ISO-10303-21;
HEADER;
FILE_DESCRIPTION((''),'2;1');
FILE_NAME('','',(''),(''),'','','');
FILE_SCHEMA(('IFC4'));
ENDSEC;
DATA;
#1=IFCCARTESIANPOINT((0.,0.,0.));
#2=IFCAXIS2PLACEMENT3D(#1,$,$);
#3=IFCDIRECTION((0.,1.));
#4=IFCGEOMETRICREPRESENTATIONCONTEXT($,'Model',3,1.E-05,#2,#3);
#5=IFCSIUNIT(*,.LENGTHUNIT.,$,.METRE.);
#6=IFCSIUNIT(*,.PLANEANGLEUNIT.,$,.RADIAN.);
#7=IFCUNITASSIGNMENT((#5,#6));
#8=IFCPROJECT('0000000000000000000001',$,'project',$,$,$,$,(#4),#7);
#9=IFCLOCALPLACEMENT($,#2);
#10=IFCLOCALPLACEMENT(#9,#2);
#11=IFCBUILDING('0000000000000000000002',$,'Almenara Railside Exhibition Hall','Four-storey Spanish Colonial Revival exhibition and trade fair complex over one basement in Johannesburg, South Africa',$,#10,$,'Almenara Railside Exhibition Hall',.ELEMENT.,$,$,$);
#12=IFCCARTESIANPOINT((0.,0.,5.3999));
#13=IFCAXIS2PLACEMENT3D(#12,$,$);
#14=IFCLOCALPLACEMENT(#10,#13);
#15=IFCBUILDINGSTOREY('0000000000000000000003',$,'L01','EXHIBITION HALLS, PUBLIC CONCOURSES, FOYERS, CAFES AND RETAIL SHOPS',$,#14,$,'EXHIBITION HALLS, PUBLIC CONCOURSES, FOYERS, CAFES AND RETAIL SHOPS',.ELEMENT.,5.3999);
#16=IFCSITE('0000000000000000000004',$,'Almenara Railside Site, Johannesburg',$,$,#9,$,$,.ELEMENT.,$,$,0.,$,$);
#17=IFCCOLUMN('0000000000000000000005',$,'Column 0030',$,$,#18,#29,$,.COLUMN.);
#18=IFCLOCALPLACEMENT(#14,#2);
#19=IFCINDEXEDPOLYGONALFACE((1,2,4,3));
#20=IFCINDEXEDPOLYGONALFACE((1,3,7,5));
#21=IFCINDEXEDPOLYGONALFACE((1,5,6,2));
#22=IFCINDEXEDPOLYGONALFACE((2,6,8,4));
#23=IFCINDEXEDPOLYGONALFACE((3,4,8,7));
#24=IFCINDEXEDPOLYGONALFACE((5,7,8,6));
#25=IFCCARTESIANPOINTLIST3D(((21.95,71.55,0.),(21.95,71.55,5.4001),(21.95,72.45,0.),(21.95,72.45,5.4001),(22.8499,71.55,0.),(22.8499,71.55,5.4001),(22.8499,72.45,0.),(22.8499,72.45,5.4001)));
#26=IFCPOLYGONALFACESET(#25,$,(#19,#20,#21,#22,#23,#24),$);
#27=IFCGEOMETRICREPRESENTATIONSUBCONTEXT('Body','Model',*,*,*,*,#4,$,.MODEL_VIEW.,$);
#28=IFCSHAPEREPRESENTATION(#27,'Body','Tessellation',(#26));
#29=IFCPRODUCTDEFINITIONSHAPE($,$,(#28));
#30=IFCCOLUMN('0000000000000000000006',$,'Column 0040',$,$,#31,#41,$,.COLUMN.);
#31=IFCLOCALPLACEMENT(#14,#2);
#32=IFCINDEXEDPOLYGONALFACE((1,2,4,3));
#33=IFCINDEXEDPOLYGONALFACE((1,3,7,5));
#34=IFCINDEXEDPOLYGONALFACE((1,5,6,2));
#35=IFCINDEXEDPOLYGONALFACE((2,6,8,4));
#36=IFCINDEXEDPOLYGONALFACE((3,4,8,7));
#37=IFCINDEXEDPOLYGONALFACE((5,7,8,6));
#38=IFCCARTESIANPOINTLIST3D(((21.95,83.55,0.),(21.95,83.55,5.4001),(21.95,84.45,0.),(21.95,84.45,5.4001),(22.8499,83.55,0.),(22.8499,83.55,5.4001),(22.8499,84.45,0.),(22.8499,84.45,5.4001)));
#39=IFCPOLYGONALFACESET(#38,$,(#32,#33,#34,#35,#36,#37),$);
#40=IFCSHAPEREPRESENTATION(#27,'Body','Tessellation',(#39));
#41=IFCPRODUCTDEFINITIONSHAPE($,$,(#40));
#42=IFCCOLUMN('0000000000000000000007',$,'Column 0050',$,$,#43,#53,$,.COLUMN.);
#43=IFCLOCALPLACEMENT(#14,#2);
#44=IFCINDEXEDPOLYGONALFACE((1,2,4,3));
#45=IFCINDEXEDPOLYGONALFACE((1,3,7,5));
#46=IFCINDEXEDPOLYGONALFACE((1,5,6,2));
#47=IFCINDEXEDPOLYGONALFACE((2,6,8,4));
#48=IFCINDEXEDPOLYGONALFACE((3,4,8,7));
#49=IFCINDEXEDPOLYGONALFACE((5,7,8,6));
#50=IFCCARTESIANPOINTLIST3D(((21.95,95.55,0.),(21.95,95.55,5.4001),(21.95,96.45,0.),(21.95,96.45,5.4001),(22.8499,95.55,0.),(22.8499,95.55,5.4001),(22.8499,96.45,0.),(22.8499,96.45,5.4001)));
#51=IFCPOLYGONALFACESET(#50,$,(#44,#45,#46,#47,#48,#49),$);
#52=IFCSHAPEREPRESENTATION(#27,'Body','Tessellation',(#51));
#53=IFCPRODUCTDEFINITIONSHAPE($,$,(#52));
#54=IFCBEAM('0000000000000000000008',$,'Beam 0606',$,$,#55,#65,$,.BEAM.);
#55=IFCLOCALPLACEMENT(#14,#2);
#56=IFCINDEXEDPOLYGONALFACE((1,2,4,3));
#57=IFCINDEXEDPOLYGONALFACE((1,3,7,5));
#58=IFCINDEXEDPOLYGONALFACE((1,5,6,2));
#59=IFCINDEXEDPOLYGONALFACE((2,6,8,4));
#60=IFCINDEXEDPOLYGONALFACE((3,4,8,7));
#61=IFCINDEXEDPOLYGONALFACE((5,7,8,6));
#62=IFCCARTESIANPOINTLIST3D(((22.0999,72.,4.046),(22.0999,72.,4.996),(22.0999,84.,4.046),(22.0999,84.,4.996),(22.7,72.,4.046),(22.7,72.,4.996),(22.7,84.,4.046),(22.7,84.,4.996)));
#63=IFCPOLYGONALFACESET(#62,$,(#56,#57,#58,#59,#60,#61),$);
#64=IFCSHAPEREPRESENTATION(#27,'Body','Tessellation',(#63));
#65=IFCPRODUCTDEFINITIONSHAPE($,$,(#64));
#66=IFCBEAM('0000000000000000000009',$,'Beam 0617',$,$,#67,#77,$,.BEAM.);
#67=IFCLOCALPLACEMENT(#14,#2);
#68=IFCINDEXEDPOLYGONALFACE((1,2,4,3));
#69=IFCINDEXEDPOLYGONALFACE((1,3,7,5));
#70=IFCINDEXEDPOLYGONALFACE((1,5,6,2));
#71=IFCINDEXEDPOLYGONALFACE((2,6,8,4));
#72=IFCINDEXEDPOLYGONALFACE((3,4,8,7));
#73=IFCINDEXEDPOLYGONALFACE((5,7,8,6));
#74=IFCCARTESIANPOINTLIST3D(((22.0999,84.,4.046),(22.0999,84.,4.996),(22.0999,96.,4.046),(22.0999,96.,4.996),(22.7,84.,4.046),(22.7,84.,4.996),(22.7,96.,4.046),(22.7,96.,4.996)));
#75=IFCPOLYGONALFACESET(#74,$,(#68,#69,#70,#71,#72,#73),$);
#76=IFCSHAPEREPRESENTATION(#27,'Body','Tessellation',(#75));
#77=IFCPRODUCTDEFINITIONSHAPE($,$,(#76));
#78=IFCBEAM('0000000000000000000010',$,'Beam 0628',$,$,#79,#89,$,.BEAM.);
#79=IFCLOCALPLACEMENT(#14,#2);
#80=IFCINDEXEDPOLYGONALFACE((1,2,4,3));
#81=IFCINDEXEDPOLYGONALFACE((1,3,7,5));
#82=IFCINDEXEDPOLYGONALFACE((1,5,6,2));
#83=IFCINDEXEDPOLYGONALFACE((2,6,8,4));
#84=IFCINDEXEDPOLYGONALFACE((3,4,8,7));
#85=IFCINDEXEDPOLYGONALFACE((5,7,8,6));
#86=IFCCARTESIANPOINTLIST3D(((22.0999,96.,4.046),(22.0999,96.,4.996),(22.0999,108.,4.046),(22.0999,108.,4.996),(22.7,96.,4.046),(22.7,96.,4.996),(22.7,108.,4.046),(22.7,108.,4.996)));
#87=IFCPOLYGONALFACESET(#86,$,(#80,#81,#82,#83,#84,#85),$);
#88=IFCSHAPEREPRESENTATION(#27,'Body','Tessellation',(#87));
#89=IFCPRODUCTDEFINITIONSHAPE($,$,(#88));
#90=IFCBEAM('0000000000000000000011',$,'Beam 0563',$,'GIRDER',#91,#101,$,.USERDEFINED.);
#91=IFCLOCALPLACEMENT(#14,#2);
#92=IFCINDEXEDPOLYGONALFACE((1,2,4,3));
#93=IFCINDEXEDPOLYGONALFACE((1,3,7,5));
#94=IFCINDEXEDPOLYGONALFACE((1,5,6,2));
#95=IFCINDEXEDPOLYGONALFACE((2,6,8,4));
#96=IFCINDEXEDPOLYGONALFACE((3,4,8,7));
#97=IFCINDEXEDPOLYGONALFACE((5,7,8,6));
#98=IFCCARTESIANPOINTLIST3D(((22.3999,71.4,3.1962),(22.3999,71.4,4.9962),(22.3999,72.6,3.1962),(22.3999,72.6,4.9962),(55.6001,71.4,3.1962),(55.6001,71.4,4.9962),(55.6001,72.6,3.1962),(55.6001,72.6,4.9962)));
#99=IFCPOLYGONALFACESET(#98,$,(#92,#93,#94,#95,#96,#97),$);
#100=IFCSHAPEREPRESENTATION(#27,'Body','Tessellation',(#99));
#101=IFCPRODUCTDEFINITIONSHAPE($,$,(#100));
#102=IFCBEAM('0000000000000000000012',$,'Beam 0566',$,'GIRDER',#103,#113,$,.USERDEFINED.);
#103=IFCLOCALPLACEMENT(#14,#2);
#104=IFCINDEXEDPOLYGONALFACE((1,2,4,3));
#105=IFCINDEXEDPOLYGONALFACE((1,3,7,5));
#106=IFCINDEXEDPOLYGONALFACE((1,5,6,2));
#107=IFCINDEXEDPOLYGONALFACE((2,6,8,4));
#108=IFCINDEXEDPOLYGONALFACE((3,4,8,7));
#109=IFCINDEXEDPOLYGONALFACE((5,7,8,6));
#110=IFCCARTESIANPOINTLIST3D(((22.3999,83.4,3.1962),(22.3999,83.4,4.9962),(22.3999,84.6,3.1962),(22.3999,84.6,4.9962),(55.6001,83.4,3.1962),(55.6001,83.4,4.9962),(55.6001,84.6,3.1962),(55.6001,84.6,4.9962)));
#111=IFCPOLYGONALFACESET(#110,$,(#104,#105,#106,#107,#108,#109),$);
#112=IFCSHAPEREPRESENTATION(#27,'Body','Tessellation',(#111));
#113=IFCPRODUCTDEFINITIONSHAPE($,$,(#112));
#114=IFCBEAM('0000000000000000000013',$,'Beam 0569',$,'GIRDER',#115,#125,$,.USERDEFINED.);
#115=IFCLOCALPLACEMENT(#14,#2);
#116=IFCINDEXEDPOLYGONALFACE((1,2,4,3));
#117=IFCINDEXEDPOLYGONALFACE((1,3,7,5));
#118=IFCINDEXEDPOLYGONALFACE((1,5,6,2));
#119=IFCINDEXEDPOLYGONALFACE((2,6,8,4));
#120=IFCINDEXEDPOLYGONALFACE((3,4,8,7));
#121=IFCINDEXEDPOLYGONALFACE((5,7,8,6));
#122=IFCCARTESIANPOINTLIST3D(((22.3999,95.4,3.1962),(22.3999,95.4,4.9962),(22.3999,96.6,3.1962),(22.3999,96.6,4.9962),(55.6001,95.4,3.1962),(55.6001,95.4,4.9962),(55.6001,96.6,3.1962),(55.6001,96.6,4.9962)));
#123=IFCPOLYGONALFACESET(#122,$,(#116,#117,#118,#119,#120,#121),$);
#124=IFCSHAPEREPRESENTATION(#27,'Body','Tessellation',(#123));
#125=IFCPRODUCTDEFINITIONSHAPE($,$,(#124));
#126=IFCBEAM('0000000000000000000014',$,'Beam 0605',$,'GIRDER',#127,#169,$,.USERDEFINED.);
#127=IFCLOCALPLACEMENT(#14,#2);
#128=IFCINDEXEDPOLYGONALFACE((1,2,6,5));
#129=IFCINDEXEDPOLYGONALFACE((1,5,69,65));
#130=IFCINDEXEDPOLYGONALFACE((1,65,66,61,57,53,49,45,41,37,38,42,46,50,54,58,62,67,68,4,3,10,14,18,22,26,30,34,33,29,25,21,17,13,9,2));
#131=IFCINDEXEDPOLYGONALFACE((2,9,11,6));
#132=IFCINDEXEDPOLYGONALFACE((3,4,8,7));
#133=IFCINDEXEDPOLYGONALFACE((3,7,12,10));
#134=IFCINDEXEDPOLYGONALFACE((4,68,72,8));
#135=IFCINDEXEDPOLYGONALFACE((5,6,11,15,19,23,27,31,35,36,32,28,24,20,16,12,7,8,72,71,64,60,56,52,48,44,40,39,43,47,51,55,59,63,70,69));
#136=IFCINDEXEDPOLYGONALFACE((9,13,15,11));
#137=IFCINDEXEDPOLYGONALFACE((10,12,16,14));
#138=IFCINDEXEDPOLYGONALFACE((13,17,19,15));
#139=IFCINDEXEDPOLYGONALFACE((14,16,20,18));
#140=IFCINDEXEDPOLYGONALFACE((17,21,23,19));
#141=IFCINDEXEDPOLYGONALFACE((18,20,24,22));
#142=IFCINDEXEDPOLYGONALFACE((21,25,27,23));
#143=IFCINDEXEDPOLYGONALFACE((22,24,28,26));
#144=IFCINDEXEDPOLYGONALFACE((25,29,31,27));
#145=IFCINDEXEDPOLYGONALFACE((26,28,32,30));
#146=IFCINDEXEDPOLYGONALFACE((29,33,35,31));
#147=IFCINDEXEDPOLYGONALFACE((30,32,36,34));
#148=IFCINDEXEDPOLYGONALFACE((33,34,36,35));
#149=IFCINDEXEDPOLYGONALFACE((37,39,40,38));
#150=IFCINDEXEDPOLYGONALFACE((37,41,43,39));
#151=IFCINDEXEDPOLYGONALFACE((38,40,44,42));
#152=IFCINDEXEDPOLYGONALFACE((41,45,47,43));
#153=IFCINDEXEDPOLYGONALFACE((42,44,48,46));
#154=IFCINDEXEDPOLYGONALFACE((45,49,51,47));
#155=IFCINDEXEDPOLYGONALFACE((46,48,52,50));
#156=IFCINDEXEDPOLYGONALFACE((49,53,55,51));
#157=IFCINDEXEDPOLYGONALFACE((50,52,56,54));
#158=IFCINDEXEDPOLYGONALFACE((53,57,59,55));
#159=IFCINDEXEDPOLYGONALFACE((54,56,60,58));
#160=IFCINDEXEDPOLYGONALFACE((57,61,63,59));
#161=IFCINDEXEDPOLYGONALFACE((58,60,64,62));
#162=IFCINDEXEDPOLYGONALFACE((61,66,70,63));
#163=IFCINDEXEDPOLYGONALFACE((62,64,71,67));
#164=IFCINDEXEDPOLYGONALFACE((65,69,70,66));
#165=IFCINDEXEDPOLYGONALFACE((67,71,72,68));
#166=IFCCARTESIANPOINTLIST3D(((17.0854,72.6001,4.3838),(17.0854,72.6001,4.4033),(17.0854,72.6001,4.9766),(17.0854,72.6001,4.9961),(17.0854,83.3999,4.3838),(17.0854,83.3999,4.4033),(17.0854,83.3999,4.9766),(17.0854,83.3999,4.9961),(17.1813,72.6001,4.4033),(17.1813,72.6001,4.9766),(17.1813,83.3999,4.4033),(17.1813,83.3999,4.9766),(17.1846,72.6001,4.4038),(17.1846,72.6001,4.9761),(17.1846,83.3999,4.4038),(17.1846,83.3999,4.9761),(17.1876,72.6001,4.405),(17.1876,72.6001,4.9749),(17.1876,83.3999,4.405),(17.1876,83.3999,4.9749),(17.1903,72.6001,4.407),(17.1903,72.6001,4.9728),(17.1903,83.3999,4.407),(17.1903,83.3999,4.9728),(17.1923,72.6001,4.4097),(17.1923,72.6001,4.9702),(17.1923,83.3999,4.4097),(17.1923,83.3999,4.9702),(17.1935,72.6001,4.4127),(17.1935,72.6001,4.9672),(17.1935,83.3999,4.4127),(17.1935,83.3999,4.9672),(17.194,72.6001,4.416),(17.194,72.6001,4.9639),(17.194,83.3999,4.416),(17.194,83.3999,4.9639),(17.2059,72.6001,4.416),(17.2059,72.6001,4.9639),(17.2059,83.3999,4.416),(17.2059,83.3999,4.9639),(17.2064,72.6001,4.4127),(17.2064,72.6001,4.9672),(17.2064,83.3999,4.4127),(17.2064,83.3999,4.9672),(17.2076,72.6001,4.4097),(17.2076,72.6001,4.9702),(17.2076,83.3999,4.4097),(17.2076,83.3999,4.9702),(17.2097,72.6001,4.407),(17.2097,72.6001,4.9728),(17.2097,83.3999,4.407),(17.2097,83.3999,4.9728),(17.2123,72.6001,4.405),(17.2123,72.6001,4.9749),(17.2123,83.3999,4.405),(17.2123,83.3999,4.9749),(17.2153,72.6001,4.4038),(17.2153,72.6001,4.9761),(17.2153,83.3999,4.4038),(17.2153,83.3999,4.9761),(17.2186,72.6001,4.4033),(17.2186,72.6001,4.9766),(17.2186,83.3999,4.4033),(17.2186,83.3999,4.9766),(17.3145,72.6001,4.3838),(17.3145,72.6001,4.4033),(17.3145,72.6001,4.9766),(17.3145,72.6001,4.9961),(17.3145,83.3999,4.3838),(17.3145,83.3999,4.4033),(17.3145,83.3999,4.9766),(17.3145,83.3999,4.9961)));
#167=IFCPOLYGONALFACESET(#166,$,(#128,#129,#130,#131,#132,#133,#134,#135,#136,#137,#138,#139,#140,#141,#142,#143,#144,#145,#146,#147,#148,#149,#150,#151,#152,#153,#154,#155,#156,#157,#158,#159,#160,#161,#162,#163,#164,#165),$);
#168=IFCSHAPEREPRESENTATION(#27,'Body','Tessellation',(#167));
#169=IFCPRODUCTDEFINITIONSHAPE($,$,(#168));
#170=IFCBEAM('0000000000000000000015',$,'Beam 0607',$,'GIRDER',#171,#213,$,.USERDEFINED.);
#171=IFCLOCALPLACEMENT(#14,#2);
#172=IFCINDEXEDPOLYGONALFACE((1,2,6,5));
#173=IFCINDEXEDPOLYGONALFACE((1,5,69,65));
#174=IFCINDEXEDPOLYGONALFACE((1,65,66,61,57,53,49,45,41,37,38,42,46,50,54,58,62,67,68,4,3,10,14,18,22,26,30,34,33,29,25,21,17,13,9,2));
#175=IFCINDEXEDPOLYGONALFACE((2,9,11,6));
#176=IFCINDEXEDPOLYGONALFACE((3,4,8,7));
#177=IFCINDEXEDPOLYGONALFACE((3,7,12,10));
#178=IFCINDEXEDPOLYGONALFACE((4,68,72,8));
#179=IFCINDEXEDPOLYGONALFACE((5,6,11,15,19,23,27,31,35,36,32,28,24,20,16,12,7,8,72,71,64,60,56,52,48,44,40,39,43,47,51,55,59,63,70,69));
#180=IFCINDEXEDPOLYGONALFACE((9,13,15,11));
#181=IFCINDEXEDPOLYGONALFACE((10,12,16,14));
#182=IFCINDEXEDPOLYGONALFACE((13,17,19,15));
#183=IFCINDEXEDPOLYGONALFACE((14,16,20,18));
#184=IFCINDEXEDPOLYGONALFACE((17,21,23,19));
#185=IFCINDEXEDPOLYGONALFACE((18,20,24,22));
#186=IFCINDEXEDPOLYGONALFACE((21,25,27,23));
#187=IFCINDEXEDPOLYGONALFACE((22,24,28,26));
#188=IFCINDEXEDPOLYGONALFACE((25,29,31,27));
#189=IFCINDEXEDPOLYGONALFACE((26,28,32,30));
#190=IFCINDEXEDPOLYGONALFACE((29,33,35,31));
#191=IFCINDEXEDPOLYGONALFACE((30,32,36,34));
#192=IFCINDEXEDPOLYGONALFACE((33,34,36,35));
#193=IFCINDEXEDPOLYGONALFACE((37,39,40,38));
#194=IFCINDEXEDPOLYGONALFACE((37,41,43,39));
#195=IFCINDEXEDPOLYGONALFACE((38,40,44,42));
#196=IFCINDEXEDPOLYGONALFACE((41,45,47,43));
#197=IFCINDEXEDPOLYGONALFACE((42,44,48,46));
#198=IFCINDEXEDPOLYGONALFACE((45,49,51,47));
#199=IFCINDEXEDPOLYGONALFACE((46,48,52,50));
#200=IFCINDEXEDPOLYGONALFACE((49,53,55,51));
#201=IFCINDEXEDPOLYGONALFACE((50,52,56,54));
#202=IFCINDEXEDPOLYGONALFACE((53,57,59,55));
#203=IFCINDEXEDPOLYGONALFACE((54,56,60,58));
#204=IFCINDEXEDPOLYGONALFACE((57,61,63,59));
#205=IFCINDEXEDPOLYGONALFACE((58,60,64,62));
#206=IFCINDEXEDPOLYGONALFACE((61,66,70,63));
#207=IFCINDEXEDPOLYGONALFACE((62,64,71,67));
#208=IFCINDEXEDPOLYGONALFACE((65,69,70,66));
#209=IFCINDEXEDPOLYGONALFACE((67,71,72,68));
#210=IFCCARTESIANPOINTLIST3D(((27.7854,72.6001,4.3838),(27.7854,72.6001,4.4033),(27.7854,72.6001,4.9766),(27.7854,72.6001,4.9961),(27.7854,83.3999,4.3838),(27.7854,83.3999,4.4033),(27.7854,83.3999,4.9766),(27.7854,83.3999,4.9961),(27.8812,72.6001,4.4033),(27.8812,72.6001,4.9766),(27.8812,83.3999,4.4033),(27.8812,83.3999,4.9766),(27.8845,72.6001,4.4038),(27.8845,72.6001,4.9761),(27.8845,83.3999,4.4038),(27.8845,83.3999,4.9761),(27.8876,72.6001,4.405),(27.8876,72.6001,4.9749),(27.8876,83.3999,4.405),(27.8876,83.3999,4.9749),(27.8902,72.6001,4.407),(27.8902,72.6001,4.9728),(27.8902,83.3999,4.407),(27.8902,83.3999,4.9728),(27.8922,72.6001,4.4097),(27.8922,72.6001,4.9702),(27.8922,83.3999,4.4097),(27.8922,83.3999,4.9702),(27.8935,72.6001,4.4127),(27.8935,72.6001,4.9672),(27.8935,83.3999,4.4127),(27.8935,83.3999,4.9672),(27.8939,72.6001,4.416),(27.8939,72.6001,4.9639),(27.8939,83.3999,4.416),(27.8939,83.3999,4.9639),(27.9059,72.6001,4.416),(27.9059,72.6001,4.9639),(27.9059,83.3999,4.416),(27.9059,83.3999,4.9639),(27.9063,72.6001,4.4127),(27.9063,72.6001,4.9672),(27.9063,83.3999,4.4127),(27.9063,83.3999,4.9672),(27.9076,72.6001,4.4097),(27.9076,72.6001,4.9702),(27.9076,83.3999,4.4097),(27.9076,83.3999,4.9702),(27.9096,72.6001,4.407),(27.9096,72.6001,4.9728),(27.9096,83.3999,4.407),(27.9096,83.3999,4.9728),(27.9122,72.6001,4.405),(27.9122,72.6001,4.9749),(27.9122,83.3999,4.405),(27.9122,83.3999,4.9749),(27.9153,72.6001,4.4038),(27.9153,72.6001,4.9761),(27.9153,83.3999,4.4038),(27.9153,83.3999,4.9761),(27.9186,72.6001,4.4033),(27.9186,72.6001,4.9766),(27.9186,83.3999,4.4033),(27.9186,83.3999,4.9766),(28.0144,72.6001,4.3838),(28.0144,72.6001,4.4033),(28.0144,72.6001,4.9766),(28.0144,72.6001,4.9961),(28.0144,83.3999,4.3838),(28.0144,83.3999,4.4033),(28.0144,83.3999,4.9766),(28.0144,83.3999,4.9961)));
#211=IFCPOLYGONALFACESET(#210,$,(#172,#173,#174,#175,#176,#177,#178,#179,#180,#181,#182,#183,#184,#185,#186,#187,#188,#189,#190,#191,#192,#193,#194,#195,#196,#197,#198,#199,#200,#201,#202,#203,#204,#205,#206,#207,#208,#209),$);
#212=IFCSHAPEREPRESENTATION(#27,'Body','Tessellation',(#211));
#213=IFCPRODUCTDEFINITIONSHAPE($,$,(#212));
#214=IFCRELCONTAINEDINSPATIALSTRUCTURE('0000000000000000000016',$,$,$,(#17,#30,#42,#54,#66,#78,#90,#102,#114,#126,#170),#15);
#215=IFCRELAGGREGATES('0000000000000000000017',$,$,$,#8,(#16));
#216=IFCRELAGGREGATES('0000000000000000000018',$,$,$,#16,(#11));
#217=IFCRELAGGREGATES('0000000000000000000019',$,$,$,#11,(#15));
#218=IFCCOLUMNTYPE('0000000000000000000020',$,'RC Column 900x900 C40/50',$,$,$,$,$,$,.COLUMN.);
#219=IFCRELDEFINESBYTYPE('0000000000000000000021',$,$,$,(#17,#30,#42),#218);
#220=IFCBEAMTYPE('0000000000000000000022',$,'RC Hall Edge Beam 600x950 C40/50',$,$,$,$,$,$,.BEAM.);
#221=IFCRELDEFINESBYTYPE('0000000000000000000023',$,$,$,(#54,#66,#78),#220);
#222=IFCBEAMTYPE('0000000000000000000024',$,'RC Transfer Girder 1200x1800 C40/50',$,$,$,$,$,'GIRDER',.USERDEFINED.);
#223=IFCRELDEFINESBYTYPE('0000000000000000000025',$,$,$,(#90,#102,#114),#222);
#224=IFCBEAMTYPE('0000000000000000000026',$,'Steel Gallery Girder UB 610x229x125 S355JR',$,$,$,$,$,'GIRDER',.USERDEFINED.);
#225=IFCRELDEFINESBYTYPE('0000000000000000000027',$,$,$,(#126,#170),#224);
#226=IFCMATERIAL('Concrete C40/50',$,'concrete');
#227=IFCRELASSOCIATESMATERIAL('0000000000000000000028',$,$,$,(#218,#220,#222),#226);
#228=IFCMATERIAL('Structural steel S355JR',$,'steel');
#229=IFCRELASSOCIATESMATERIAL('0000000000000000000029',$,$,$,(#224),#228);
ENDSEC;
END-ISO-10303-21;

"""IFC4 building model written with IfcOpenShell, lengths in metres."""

from ifc_helpers import new_model, si_unit, direction, frame, origin, origin_2d, place, context, subcontext, project, spatial, rectangle, i_section, extrude, material, material_profile, profile_set, type_object, element, save


model = new_model("IFC4")

# Units and contexts
model_context = context("Model", 3, precision=1e-05, world=origin(), true_north=direction((0.0, 1.0)))
body_context = subcontext(model_context, "Body", "Model", "MODEL_VIEW")
ifc_project = project(units=[si_unit("LENGTHUNIT", "METRE"), si_unit("PLANEANGLEUNIT", "RADIAN")], contexts=[model_context])

# Site, building, storey
site_placement = place(None, origin())
site = spatial("IfcSite", under=ifc_project, at=site_placement, Name="Almenara Railside Site, Johannesburg", CompositionType="ELEMENT", RefElevation=0.0)
building_placement = place(site_placement, origin())
building = spatial("IfcBuilding", under=site, at=building_placement, Name="Almenara Railside Exhibition Hall", Description="Four-storey Spanish Colonial Revival exhibition and trade fair complex over one basement in Johannesburg, South Africa", LongName="Almenara Railside Exhibition Hall", CompositionType="ELEMENT")
storey_placement = place(building_placement, frame((0.0, 0.0, 5.3999)))
storey = spatial("IfcBuildingStorey", under=building, at=storey_placement, Name="L01", Description="EXHIBITION HALLS, PUBLIC CONCOURSES, FOYERS, CAFES AND RETAIL SHOPS", LongName="EXHIBITION HALLS, PUBLIC CONCOURSES, FOYERS, CAFES AND RETAIL SHOPS", CompositionType="ELEMENT", Elevation=5.3999)

# Columns
ifc_material_1 = material(Name="Concrete C40/50", Category="concrete")
ifc_material_profile_1 = material_profile(ifc_material_1, rectangle(XDim=0.8999, YDim=0.8999, at=origin_2d()), Name="RC 900x900")
ifc_profile_set_1 = profile_set([ifc_material_profile_1], Name="Concrete C40/50")
column_type = type_object("IfcColumnType", Name="RC Column 900x900 C40/50", PredefinedType="COLUMN", material=ifc_profile_set_1)
for number, where, z_axis, x_axis, name in (
    (1, (22.3999, 72.0, 0.0), (0.0, 0.0, 1.0), (1.0, 0.0, 0.0), "Column 0030"),
    (2, (22.3999, 84.0, 0.0), (0.0, 0.0, 1.0), (1.0, 0.0, 0.0), "Column 0040"),
    (3, (22.3999, 96.0, 0.0), (0.0, 0.0, 1.0), (1.0, 0.0, 0.0), "Column 0050"),
):
    element("IfcColumn", number, at=place(storey_placement, frame(where, z_axis=z_axis, x_axis=x_axis)), inside=storey, type_object=column_type, Name=name, PredefinedType="COLUMN", context=body_context, shape_type="SweptSolid", body=[
        extrude(rectangle(XDim=0.8999, YDim=0.8999, at=origin_2d()), origin(), (0.0, 0.0, 1.0), 5.4001),
    ])

# Beams
ifc_material_profile_2 = material_profile(ifc_material_1, rectangle(XDim=0.6001, YDim=0.95, at=origin_2d()), Name="RC 600x950")
ifc_profile_set_2 = profile_set([ifc_material_profile_2], Name="Concrete C40/50")
beam_type_1 = type_object("IfcBeamType", Name="RC Hall Edge Beam 600x950 C40/50", PredefinedType="BEAM", material=ifc_profile_set_2)
for number, where, z_axis, x_axis, name in (
    (4, (22.3999, 72.0, 4.521), (0.0, 1.0, 0.0), (-1.0, 0.0, 0.0), "Beam 0606"),
    (5, (22.3999, 84.0, 4.521), (0.0, 1.0, 0.0), (-1.0, 0.0, 0.0), "Beam 0617"),
    (6, (22.3999, 96.0, 4.521), (0.0, 1.0, 0.0), (-1.0, 0.0, 0.0), "Beam 0628"),
):
    element("IfcBeam", number, at=place(storey_placement, frame(where, z_axis=z_axis, x_axis=x_axis)), inside=storey, type_object=beam_type_1, Name=name, PredefinedType="BEAM", context=body_context, shape_type="SweptSolid", body=[
        extrude(rectangle(XDim=0.6001, YDim=0.95, at=origin_2d()), origin(), (0.0, 0.0, 1.0), 12.0),
    ])
ifc_material_profile_3 = material_profile(ifc_material_1, rectangle(XDim=1.2, YDim=1.8, at=origin_2d()), Name="RC 1200x1800")
ifc_profile_set_3 = profile_set([ifc_material_profile_3], Name="Concrete C40/50")
beam_type_2 = type_object("IfcBeamType", Name="RC Transfer Girder 1200x1800 C40/50", ElementType="GIRDER", PredefinedType="USERDEFINED", material=ifc_profile_set_3)
for number, where, z_axis, x_axis, name in (
    (7, (22.3999, 72.0, 4.0962), (1.0, 0.0, 0.0), (0.0, 1.0, 0.0), "Beam 0563"),
    (8, (22.3999, 84.0, 4.0962), (1.0, 0.0, 0.0), (0.0, 1.0, 0.0), "Beam 0566"),
    (9, (22.3999, 96.0, 4.0962), (1.0, 0.0, 0.0), (0.0, 1.0, 0.0), "Beam 0569"),
):
    element("IfcBeam", number, at=place(storey_placement, frame(where, z_axis=z_axis, x_axis=x_axis)), inside=storey, type_object=beam_type_2, Name=name, ObjectType="GIRDER", PredefinedType="USERDEFINED", context=body_context, shape_type="SweptSolid", body=[
        extrude(rectangle(XDim=1.2, YDim=1.8, at=origin_2d()), origin(), (0.0, 0.0, 1.0), 33.2002),
    ])
ifc_material_2 = material(Name="Structural steel S355JR", Category="steel")
ifc_material_profile_4 = material_profile(ifc_material_2, i_section(OverallWidth=0.229, OverallDepth=0.6123, WebThickness=0.012, FlangeThickness=0.0195, FilletRadius=0.0127, at=origin_2d()), Name="UB 610x229x125")
ifc_profile_set_4 = profile_set([ifc_material_profile_4], Name="Structural steel S355JR")
beam_type_3 = type_object("IfcBeamType", Name="Steel Gallery Girder UB 610x229x125 S355JR", ElementType="GIRDER", PredefinedType="USERDEFINED", material=ifc_profile_set_4)
for number, where, z_axis, x_axis, name in (
    (10, (17.2, 72.6001, 4.6899), (0.0, 1.0, 0.0), (-1.0, 0.0, 0.0), "Beam 0605"),
    (11, (27.8999, 72.6001, 4.6899), (0.0, 1.0, 0.0), (-1.0, 0.0, 0.0), "Beam 0607"),
):
    element("IfcBeam", number, at=place(storey_placement, frame(where, z_axis=z_axis, x_axis=x_axis)), inside=storey, type_object=beam_type_3, Name=name, ObjectType="GIRDER", PredefinedType="USERDEFINED", context=body_context, shape_type="SweptSolid", body=[
        extrude(i_section(OverallWidth=0.229, OverallDepth=0.6123, WebThickness=0.012, FlangeThickness=0.0195, FilletRadius=0.0127, at=origin_2d()), origin(), (0.0, 0.0, 1.0), 10.7998),
    ])

save(model, "model.ifc")
